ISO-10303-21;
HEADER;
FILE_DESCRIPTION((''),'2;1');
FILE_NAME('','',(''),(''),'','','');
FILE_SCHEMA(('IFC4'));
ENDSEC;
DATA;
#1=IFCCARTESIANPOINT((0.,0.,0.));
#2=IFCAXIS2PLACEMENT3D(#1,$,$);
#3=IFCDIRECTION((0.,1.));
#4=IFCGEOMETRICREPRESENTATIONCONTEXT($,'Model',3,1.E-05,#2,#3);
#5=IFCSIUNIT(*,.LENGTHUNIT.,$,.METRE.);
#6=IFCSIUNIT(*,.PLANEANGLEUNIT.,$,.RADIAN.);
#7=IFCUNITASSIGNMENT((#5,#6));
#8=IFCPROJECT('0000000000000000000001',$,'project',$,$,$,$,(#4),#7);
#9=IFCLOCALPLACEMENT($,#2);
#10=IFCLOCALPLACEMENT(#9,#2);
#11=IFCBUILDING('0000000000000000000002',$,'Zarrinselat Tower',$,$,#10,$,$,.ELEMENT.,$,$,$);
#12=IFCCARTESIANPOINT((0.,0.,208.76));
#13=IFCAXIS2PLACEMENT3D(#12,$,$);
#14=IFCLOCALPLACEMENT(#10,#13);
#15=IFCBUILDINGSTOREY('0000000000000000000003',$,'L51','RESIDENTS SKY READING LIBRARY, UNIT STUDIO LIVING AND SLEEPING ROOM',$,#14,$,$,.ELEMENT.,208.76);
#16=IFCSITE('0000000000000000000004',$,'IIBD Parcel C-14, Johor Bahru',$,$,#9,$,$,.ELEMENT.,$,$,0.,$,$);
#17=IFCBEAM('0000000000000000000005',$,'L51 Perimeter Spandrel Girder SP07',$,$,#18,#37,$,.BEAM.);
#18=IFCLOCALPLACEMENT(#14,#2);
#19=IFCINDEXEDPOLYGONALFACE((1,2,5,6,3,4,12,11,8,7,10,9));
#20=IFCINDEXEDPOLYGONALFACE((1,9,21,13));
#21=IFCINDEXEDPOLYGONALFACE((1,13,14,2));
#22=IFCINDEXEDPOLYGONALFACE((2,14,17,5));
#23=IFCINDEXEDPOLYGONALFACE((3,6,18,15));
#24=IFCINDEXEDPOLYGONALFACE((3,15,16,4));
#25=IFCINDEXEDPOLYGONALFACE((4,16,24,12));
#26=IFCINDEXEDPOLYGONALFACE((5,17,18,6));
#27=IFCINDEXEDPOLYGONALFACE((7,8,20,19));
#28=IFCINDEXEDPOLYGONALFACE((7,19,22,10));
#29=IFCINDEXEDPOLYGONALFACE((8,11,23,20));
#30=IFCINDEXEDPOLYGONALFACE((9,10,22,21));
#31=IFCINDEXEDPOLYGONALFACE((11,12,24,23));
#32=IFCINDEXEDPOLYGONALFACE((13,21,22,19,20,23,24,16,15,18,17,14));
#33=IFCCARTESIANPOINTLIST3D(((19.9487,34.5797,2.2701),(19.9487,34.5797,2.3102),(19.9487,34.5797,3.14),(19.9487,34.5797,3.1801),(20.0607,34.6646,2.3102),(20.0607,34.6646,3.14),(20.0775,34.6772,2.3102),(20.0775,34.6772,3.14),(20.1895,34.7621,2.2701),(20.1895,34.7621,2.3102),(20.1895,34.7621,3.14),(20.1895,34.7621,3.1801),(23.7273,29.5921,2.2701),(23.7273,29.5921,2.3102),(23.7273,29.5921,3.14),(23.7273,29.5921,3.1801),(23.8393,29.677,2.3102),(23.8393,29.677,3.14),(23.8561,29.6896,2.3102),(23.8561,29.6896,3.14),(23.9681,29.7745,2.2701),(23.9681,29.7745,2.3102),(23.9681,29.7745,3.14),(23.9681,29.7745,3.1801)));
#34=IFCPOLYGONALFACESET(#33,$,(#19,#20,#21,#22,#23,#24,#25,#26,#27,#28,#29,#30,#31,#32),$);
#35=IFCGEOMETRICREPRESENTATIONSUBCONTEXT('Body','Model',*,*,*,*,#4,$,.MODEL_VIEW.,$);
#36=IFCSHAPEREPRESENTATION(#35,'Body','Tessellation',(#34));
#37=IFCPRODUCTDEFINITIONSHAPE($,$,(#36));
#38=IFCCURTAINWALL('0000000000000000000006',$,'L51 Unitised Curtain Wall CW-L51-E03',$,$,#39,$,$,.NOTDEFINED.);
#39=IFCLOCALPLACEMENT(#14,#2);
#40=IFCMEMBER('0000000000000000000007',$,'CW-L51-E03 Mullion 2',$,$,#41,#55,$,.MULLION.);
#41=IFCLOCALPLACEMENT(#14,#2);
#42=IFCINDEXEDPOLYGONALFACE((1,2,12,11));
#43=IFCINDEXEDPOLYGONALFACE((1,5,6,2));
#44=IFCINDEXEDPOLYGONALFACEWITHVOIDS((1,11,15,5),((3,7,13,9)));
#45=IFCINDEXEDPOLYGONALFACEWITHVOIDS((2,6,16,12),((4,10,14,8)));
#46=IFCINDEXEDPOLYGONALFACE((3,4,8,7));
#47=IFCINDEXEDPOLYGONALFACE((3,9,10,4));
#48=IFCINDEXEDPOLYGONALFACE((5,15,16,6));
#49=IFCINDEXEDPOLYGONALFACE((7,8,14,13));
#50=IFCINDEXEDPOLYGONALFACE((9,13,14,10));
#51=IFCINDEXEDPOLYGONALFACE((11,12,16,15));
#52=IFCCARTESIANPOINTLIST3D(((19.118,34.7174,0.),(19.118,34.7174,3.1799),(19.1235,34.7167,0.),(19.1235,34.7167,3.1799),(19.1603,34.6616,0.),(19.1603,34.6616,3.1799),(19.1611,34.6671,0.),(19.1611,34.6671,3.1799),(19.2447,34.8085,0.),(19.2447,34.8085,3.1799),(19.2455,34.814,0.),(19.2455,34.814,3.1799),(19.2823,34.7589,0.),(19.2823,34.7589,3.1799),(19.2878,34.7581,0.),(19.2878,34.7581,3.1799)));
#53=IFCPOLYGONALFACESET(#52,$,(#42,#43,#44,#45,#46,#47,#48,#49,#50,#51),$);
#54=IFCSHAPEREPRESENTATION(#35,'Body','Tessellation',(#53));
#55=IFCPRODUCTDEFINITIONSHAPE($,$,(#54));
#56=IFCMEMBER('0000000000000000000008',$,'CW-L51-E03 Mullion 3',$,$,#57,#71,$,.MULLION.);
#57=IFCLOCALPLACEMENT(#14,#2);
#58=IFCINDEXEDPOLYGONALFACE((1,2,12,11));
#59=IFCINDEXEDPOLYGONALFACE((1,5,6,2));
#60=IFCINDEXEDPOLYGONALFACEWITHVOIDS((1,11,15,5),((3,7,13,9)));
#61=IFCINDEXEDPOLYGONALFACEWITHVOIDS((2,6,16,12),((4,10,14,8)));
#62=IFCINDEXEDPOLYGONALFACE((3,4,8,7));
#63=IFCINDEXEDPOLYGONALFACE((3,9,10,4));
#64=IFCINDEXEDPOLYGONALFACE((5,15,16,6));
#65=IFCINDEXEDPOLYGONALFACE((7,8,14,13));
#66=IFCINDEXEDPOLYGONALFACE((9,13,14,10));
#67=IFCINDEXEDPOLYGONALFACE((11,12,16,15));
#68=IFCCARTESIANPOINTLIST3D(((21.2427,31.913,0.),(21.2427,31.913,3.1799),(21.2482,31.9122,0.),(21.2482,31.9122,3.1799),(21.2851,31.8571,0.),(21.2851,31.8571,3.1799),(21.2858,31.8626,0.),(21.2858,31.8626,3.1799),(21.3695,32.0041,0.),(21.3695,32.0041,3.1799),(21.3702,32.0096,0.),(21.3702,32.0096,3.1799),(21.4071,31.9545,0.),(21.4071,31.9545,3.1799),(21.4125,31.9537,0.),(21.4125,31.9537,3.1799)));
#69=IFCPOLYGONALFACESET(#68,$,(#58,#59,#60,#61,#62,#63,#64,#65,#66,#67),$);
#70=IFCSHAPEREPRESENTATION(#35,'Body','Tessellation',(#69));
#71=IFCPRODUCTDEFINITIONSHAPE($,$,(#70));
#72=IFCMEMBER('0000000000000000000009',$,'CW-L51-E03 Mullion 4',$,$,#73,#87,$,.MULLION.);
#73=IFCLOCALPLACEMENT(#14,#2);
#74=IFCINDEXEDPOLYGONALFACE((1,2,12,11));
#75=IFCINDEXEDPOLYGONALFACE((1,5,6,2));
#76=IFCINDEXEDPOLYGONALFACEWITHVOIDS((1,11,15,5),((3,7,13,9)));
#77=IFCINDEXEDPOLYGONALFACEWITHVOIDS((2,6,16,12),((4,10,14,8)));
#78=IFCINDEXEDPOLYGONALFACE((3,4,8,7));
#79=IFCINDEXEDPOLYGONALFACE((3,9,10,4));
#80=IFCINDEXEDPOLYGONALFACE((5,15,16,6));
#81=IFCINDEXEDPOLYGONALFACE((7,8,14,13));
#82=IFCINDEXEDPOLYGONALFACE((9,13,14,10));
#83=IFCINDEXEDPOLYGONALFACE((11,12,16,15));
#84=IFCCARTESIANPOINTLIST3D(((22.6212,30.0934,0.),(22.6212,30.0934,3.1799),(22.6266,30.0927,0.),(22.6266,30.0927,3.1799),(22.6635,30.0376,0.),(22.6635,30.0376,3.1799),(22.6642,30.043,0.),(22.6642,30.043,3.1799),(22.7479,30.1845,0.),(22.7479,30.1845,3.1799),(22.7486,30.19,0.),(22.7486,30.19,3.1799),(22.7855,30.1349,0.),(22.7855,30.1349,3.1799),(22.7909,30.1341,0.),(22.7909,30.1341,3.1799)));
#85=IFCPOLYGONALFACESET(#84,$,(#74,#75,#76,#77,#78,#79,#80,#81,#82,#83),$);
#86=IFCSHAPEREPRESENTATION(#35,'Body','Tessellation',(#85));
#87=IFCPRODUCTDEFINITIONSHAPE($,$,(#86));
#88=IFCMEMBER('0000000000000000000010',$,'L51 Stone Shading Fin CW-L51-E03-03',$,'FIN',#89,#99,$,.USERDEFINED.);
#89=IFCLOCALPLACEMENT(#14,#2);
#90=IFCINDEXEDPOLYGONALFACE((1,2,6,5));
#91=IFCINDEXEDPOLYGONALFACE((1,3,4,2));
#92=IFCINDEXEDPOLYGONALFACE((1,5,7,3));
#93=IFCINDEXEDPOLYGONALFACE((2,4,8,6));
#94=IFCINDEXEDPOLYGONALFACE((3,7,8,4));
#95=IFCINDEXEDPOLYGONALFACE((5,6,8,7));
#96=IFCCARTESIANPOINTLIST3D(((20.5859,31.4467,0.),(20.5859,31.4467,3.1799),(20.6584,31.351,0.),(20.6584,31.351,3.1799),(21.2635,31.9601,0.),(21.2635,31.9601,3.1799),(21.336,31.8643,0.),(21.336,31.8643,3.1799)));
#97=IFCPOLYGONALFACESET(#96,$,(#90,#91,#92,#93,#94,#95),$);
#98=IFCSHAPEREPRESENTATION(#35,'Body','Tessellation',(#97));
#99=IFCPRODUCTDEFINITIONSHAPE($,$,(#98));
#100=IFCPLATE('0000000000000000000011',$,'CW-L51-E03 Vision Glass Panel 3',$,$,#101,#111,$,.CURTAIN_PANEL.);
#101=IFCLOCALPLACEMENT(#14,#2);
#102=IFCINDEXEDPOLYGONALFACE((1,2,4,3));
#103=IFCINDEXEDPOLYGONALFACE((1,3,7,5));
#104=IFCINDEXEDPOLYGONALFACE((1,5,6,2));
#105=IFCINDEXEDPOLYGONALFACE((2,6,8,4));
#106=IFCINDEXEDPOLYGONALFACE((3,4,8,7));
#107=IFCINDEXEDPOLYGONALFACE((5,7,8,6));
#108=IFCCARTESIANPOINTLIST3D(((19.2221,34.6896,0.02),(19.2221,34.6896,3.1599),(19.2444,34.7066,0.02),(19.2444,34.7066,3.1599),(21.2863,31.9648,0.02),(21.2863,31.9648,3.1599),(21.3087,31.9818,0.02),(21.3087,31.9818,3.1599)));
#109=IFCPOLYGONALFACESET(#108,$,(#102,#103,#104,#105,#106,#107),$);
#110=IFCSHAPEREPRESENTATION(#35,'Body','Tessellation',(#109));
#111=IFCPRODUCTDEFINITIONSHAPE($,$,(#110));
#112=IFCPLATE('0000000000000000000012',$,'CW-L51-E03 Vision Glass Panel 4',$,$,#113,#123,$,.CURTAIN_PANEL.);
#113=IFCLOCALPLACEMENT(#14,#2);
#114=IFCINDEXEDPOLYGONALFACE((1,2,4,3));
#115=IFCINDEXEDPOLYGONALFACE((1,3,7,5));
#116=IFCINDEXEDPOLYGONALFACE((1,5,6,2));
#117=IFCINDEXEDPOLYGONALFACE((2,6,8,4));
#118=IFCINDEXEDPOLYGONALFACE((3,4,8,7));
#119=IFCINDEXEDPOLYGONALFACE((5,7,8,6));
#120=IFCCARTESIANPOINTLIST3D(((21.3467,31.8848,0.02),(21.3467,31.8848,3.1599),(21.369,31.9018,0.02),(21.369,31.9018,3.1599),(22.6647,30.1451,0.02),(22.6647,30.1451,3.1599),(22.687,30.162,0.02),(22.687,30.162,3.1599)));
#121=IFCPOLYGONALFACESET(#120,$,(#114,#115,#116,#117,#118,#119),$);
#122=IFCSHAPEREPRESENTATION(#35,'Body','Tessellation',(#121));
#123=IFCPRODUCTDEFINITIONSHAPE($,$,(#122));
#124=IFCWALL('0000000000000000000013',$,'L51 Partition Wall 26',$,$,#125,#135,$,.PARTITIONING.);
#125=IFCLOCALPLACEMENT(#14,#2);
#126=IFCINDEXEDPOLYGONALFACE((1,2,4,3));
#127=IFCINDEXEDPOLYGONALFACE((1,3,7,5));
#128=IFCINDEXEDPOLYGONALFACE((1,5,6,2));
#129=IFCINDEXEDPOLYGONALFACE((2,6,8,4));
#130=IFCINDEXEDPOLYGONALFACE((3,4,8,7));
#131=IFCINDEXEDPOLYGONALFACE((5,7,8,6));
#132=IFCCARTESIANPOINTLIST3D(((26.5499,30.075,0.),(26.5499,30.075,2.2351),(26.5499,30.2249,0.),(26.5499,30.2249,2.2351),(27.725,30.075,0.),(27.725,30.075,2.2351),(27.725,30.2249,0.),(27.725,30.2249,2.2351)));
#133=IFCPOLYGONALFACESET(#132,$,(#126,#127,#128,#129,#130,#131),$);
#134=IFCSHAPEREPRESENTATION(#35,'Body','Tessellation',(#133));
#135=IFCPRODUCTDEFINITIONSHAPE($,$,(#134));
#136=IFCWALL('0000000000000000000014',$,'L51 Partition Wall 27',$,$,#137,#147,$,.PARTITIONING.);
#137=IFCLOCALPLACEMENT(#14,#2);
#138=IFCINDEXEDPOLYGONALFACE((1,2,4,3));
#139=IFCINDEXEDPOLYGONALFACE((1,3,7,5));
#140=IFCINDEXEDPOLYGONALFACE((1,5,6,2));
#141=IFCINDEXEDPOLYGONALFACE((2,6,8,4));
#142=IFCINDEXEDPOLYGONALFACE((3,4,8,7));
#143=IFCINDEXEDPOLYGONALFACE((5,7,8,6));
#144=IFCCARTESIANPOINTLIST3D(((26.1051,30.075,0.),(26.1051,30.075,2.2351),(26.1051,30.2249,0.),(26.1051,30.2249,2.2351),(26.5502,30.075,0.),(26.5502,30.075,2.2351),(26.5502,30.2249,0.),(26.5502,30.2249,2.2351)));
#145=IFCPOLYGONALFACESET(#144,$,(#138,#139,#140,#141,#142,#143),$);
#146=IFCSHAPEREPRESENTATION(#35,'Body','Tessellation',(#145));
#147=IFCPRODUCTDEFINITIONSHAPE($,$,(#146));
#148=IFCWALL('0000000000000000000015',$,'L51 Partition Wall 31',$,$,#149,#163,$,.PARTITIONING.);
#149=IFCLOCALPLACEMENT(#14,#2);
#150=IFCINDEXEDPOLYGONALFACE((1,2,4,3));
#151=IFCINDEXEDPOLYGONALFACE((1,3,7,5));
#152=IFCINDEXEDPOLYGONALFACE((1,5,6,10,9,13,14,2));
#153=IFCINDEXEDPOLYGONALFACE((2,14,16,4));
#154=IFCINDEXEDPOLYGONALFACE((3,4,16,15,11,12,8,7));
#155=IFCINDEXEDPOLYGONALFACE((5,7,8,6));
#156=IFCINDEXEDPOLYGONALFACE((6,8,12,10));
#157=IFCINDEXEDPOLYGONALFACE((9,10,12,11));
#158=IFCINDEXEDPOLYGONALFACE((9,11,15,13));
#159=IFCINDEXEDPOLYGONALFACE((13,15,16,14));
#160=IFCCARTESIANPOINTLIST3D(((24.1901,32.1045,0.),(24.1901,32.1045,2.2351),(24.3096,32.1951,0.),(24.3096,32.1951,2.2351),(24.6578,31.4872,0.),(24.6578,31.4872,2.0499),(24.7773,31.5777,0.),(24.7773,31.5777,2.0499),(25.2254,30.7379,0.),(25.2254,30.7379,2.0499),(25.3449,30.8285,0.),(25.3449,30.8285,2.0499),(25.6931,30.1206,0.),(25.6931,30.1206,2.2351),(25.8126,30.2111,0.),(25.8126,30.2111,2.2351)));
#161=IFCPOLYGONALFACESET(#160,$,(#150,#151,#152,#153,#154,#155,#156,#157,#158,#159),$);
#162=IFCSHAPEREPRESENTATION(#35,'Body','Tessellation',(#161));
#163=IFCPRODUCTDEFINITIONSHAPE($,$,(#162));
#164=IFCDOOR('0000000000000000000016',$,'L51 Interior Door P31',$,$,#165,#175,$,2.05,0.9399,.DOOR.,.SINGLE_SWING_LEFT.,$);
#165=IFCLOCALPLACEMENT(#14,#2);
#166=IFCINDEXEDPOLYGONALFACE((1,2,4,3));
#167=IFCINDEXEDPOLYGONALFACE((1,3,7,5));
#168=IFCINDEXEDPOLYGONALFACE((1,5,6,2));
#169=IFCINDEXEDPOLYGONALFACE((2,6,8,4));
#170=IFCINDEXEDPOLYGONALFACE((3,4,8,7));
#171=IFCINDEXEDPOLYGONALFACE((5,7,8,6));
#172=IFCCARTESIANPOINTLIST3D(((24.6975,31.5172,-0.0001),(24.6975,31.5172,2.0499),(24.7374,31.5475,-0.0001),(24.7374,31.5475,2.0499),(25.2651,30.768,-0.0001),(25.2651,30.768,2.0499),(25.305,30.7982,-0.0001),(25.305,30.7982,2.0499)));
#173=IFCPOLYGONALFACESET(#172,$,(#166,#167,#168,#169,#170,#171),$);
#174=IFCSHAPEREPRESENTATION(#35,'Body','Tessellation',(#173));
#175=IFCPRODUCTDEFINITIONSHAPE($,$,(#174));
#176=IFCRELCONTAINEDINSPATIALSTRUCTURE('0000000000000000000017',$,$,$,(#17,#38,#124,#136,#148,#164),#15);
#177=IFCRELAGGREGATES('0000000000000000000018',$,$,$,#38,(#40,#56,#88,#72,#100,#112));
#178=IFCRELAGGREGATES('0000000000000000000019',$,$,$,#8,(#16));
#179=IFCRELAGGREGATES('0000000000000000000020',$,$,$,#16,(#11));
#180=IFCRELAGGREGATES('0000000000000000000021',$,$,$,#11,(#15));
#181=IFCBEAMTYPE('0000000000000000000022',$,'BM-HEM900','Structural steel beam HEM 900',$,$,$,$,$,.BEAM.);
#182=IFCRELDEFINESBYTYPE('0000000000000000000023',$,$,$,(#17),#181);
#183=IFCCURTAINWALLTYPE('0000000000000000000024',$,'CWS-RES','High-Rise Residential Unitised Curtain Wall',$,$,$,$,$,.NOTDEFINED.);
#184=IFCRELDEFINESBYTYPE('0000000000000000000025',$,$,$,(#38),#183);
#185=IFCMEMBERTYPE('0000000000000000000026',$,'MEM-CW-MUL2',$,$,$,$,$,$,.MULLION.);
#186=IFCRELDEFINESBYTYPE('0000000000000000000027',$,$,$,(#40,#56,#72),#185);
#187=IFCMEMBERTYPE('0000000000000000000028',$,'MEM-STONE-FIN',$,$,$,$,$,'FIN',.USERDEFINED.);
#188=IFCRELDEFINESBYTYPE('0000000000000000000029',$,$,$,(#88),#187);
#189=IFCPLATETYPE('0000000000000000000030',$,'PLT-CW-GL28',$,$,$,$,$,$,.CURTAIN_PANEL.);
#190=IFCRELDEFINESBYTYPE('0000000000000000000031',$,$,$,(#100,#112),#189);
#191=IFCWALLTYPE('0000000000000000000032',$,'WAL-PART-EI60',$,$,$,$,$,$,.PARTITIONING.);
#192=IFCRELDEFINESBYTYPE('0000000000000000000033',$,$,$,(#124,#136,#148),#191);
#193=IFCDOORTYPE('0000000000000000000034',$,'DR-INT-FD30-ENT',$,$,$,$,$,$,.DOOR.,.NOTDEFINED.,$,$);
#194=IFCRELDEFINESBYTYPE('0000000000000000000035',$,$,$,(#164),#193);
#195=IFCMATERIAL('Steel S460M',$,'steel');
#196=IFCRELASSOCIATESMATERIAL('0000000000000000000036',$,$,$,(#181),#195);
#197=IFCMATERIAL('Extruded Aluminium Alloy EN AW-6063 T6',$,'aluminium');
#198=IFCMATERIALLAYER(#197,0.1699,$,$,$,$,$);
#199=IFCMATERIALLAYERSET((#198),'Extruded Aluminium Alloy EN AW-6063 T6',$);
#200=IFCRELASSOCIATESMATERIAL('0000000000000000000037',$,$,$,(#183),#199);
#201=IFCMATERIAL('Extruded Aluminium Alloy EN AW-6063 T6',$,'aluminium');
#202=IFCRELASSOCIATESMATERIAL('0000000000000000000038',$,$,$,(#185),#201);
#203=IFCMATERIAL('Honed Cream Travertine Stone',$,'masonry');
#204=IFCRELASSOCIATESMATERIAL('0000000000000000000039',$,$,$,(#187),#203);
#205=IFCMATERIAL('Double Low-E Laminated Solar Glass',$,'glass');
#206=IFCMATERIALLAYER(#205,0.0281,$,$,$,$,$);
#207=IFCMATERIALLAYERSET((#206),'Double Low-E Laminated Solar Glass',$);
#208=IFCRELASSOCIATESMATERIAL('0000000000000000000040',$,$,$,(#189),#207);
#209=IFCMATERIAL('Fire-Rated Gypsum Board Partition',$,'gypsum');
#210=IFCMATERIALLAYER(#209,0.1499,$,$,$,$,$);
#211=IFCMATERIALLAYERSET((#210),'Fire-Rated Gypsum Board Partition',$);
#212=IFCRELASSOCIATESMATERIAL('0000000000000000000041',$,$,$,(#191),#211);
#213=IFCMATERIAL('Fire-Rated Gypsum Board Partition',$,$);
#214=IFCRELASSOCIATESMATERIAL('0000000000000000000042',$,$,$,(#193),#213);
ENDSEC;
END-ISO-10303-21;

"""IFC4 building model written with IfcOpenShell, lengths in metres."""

from ifc_helpers import new_model, si_unit, direction, frame, frame_2d, origin, origin_2d, place, context, subcontext, project, spatial, rectangle, hollow_rectangle, i_section, extrude, material, layer, layer_set, material_profile, profile_set, type_object, element, fill, aggregate, save


model = new_model("IFC4")

# Units and contexts
model_context = context("Model", 3, precision=1e-05, world=origin(), true_north=direction((0.0, 1.0)))
body_context = subcontext(model_context, "Body", "Model", "MODEL_VIEW")
ifc_project = project(units=[si_unit("LENGTHUNIT", "METRE"), si_unit("PLANEANGLEUNIT", "RADIAN")], contexts=[model_context])

# Site, building, storey
site_placement = place(None, origin())
site = spatial("IfcSite", under=ifc_project, at=site_placement, Name="IIBD Parcel C-14, Johor Bahru", CompositionType="ELEMENT", RefElevation=0.0)
building_placement = place(site_placement, origin())
building = spatial("IfcBuilding", under=site, at=building_placement, Name="Zarrinselat Tower", CompositionType="ELEMENT")
storey_placement = place(building_placement, frame((0.0, 0.0, 208.76)))
storey = spatial("IfcBuildingStorey", under=building, at=storey_placement, Name="L51", Description="RESIDENTS SKY READING LIBRARY, UNIT STUDIO LIVING AND SLEEPING ROOM", CompositionType="ELEMENT", Elevation=208.76)

# Beam
ifc_material_1 = material(Name="Steel S460M", Category="steel")
ifc_material_profile_1 = material_profile(ifc_material_1, i_section(OverallWidth=0.302, OverallDepth=0.9099, WebThickness=0.021, FlangeThickness=0.04, at=origin_2d()), Name="HEM 900")
ifc_profile_set_1 = profile_set([ifc_material_profile_1], Name="Steel S460M")
beam_type = type_object("IfcBeamType", Name="BM-HEM900", Description="Structural steel beam HEM 900", PredefinedType="BEAM", material=ifc_profile_set_1)
beam_placement = place(storey_placement, frame((20.0691, 34.6709, 2.7251), z_axis=(0.60387, -0.797083, 0.0), x_axis=(0.797083, 0.60387, 0.0)))
element("IfcBeam", 1, at=beam_placement, inside=storey, type_object=beam_type, Name="L51 Perimeter Spandrel Girder SP07", PredefinedType="BEAM", context=body_context, shape_type="SweptSolid", body=[
    extrude(i_section(OverallWidth=0.302, OverallDepth=0.9099, WebThickness=0.021, FlangeThickness=0.04, at=origin_2d()), origin(), (0.0, 0.0, 1.0), 6.2573),
])

# Curtain wall, members, plates
ifc_material_2 = material(Name="Extruded Aluminium Alloy EN AW-6063 T6", Category="aluminium")
ifc_layer_1 = layer(ifc_material_2, 0.1699)
ifc_layer_set_1 = layer_set([ifc_layer_1], Name="Extruded Aluminium Alloy EN AW-6063 T6")
curtain_wall_type = type_object("IfcCurtainWallType", Name="CWS-RES", Description="High-Rise Residential Unitised Curtain Wall", PredefinedType="NOTDEFINED", material=ifc_layer_set_1)
curtain_wall_placement = place(storey_placement, origin())
curtain_wall = element("IfcCurtainWall", 2, at=curtain_wall_placement, inside=storey, type_object=curtain_wall_type, Name="L51 Unitised Curtain Wall CW-L51-E03", PredefinedType="NOTDEFINED")
ifc_material_3 = material(Name="Extruded Aluminium Alloy EN AW-6063 T6", Category="aluminium")
ifc_material_profile_2 = material_profile(ifc_material_3, hollow_rectangle(XDim=0.0701, YDim=0.1599, WallThickness=0.0039, at=origin_2d()), Name="RHS 160x70x4")
ifc_profile_set_2 = profile_set([ifc_material_profile_2], Name="Extruded Aluminium Alloy EN AW-6063 T6")
member_type_1 = type_object("IfcMemberType", Name="MEM-CW-MUL2", PredefinedType="MULLION", material=ifc_profile_set_2)
member_1_placement = place(storey_placement, frame((19.2029, 34.7378, 0.0), z_axis=(0.0, 0.0, 1.0), x_axis=(0.603859, -0.797091, 0.0)))
member_1 = element("IfcMember", 3, at=member_1_placement, type_object=member_type_1, Name="CW-L51-E03 Mullion 2", PredefinedType="MULLION", context=body_context, shape_type="SweptSolid", body=[
    extrude(hollow_rectangle(XDim=0.0701, YDim=0.1599, WallThickness=0.0039, at=origin_2d()), origin(), (0.0, 0.0, 1.0), 3.1799),
])
member_2_placement = place(storey_placement, frame((21.3276, 31.9333, 0.0), z_axis=(0.0, 0.0, 1.0), x_axis=(0.603859, -0.797091, 0.0)))
member_2 = element("IfcMember", 4, at=member_2_placement, type_object=member_type_1, Name="CW-L51-E03 Mullion 3", PredefinedType="MULLION", context=body_context, shape_type="SweptSolid", body=[
    extrude(hollow_rectangle(XDim=0.0701, YDim=0.1599, WallThickness=0.0039, at=origin_2d()), origin(), (0.0, 0.0, 1.0), 3.1799),
])
member_3_placement = place(storey_placement, frame((22.7061, 30.1138, 0.0), z_axis=(0.0, 0.0, 1.0), x_axis=(0.603859, -0.797091, 0.0)))
member_3 = element("IfcMember", 5, at=member_3_placement, type_object=member_type_1, Name="CW-L51-E03 Mullion 4", PredefinedType="MULLION", context=body_context, shape_type="SweptSolid", body=[
    extrude(hollow_rectangle(XDim=0.0701, YDim=0.1599, WallThickness=0.0039, at=origin_2d()), origin(), (0.0, 0.0, 1.0), 3.1799),
])
ifc_material_4 = material(Name="Honed Cream Travertine Stone", Category="masonry")
ifc_material_profile_3 = material_profile(ifc_material_4, rectangle(XDim=0.1201, YDim=0.8501, at=origin_2d()), Name="FIN 850x120")
ifc_profile_set_3 = profile_set([ifc_material_profile_3], Name="Honed Cream Travertine Stone")
member_type_2 = type_object("IfcMemberType", Name="MEM-STONE-FIN", ElementType="FIN", PredefinedType="USERDEFINED", material=ifc_profile_set_3)
member_4_placement = place(storey_placement, frame((20.9609, 31.6555, 0.0), z_axis=(0.0, 0.0, 1.0), x_axis=(-0.603859, 0.797091, 0.0)))
member_4 = element("IfcMember", 6, at=member_4_placement, type_object=member_type_2, Name="L51 Stone Shading Fin CW-L51-E03-03", ObjectType="FIN", PredefinedType="USERDEFINED", context=body_context, shape_type="SweptSolid", body=[
    extrude(rectangle(XDim=0.1201, YDim=0.8501, at=origin_2d()), origin(), (0.0, 0.0, 1.0), 3.1799),
])
ifc_material_5 = material(Name="Double Low-E Laminated Solar Glass", Category="glass")
ifc_layer_2 = layer(ifc_material_5, 0.0281)
ifc_layer_set_2 = layer_set([ifc_layer_2], Name="Double Low-E Laminated Solar Glass")
plate_type = type_object("IfcPlateType", Name="PLT-CW-GL28", PredefinedType="CURTAIN_PANEL", material=ifc_layer_set_2)
plate_1_placement = place(storey_placement, frame((20.2654, 33.3357, 0.02), z_axis=(0.0, 0.0, 1.0), x_axis=(0.603859, -0.797091, 0.0)))
plate_1 = element("IfcPlate", 7, at=plate_1_placement, type_object=plate_type, Name="CW-L51-E03 Vision Glass Panel 3", PredefinedType="CURTAIN_PANEL", context=body_context, shape_type="SweptSolid", body=[
    extrude(rectangle(XDim=3.4185, YDim=0.0281, at=origin_2d()), origin(), (0.0, 0.0, 1.0), 3.1399),
])
plate_2_placement = place(storey_placement, frame((22.0168, 31.0234, 0.02), z_axis=(0.0, 0.0, 1.0), x_axis=(0.603859, -0.797091, 0.0)))
plate_2 = element("IfcPlate", 8, at=plate_2_placement, type_object=plate_type, Name="CW-L51-E03 Vision Glass Panel 4", PredefinedType="CURTAIN_PANEL", context=body_context, shape_type="SweptSolid", body=[
    extrude(rectangle(XDim=2.1826, YDim=0.0281, at=origin_2d()), origin(), (0.0, 0.0, 1.0), 3.1399),
])
aggregate(curtain_wall, [member_1, member_2, member_4, member_3, plate_1, plate_2])

# Walls
ifc_material_6 = material(Name="Fire-Rated Gypsum Board Partition", Category="gypsum")
ifc_layer_3 = layer(ifc_material_6, 0.1499)
ifc_layer_set_3 = layer_set([ifc_layer_3], Name="Fire-Rated Gypsum Board Partition")
wall_type_1 = type_object("IfcWallType", Name="WAL-PART-EI60", PredefinedType="PARTITIONING", material=ifc_layer_set_3)
wall_1_placement = place(storey_placement, frame((26.55, 30.1499, 0.0), z_axis=(0.0, 0.0, 1.0), x_axis=(1.0, 0.0, 0.0)))
element("IfcWall", 9, at=wall_1_placement, inside=storey, type_object=wall_type_1, Name="L51 Partition Wall 26", PredefinedType="PARTITIONING", context=body_context, shape_type="SweptSolid", body=[
    extrude(rectangle(XDim=1.175, YDim=0.1499, at=frame_2d((0.5874, 0.0))), origin(), (0.0, 0.0, 1.0), 2.2351),
])
wall_2_placement = place(storey_placement, frame((26.105, 30.1499, 0.0), z_axis=(0.0, 0.0, 1.0), x_axis=(1.0, 0.0, 0.0)))
element("IfcWall", 10, at=wall_2_placement, inside=storey, type_object=wall_type_1, Name="L51 Partition Wall 27", PredefinedType="PARTITIONING", context=body_context, shape_type="SweptSolid", body=[
    extrude(rectangle(XDim=0.4451, YDim=0.1499, at=frame_2d((0.2227, 0.0))), origin(), (0.0, 0.0, 1.0), 2.2351),
])

# Wall, opening, door
wall_3_placement = place(storey_placement, frame((24.2498, 32.1499, 0.0), z_axis=(0.0, 0.0, 1.0), x_axis=(0.603854, -0.797095, 0.0)))
wall_3 = element("IfcWall", 11, at=wall_3_placement, inside=storey, type_object=wall_type_1, Name="L51 Partition Wall 31", PredefinedType="PARTITIONING", context=body_context, shape_type="SweptSolid", body=[
    extrude(rectangle(XDim=2.489, YDim=0.1499, at=frame_2d((1.2446, 0.0))), origin(), (0.0, 0.0, 1.0), 2.2351),
])
opening_1_placement = place(wall_3_placement, frame((0.7747, 0.0, 0.0)))
opening_1 = element("IfcOpeningElement", 12, at=opening_1_placement, cuts=wall_3, PredefinedType="OPENING", context=body_context, shape_type="SweptSolid", body=[
    extrude(rectangle(XDim=0.9399, YDim=2.05, at=frame_2d((0.47, 1.0249))), frame((0.0, 0.085, 0.0), z_axis=(0.0, -1.0, 0.0), x_axis=(1.0, 0.0, 0.0)), (0.0, 0.0, 1.0), 0.1699),
])
ifc_material_7 = material(Name="Fire-Rated Gypsum Board Partition")
door_type_1 = type_object("IfcDoorType", Name="DR-INT-FD30-ENT", OperationType="NOTDEFINED", PredefinedType="DOOR", material=ifc_material_7)
door_1_placement = place(opening_1_placement, origin())
door_1 = element("IfcDoor", 13, at=door_1_placement, inside=storey, type_object=door_type_1, Name="L51 Interior Door P31", OperationType="SINGLE_SWING_LEFT", OverallHeight=2.05, OverallWidth=0.9399, PredefinedType="DOOR", context=body_context, shape_type="SweptSolid", body=[
    extrude(rectangle(XDim=0.9399, YDim=2.05, at=frame_2d((0.47, 1.0249))), frame((0.0, 0.0249, 0.0), z_axis=(0.0, -1.0, 0.0), x_axis=(1.0, 0.0, 0.0)), (0.0, 0.0, 1.0), 0.05),
])
fill(opening_1, door_1)

save(model, "model.ifc")
